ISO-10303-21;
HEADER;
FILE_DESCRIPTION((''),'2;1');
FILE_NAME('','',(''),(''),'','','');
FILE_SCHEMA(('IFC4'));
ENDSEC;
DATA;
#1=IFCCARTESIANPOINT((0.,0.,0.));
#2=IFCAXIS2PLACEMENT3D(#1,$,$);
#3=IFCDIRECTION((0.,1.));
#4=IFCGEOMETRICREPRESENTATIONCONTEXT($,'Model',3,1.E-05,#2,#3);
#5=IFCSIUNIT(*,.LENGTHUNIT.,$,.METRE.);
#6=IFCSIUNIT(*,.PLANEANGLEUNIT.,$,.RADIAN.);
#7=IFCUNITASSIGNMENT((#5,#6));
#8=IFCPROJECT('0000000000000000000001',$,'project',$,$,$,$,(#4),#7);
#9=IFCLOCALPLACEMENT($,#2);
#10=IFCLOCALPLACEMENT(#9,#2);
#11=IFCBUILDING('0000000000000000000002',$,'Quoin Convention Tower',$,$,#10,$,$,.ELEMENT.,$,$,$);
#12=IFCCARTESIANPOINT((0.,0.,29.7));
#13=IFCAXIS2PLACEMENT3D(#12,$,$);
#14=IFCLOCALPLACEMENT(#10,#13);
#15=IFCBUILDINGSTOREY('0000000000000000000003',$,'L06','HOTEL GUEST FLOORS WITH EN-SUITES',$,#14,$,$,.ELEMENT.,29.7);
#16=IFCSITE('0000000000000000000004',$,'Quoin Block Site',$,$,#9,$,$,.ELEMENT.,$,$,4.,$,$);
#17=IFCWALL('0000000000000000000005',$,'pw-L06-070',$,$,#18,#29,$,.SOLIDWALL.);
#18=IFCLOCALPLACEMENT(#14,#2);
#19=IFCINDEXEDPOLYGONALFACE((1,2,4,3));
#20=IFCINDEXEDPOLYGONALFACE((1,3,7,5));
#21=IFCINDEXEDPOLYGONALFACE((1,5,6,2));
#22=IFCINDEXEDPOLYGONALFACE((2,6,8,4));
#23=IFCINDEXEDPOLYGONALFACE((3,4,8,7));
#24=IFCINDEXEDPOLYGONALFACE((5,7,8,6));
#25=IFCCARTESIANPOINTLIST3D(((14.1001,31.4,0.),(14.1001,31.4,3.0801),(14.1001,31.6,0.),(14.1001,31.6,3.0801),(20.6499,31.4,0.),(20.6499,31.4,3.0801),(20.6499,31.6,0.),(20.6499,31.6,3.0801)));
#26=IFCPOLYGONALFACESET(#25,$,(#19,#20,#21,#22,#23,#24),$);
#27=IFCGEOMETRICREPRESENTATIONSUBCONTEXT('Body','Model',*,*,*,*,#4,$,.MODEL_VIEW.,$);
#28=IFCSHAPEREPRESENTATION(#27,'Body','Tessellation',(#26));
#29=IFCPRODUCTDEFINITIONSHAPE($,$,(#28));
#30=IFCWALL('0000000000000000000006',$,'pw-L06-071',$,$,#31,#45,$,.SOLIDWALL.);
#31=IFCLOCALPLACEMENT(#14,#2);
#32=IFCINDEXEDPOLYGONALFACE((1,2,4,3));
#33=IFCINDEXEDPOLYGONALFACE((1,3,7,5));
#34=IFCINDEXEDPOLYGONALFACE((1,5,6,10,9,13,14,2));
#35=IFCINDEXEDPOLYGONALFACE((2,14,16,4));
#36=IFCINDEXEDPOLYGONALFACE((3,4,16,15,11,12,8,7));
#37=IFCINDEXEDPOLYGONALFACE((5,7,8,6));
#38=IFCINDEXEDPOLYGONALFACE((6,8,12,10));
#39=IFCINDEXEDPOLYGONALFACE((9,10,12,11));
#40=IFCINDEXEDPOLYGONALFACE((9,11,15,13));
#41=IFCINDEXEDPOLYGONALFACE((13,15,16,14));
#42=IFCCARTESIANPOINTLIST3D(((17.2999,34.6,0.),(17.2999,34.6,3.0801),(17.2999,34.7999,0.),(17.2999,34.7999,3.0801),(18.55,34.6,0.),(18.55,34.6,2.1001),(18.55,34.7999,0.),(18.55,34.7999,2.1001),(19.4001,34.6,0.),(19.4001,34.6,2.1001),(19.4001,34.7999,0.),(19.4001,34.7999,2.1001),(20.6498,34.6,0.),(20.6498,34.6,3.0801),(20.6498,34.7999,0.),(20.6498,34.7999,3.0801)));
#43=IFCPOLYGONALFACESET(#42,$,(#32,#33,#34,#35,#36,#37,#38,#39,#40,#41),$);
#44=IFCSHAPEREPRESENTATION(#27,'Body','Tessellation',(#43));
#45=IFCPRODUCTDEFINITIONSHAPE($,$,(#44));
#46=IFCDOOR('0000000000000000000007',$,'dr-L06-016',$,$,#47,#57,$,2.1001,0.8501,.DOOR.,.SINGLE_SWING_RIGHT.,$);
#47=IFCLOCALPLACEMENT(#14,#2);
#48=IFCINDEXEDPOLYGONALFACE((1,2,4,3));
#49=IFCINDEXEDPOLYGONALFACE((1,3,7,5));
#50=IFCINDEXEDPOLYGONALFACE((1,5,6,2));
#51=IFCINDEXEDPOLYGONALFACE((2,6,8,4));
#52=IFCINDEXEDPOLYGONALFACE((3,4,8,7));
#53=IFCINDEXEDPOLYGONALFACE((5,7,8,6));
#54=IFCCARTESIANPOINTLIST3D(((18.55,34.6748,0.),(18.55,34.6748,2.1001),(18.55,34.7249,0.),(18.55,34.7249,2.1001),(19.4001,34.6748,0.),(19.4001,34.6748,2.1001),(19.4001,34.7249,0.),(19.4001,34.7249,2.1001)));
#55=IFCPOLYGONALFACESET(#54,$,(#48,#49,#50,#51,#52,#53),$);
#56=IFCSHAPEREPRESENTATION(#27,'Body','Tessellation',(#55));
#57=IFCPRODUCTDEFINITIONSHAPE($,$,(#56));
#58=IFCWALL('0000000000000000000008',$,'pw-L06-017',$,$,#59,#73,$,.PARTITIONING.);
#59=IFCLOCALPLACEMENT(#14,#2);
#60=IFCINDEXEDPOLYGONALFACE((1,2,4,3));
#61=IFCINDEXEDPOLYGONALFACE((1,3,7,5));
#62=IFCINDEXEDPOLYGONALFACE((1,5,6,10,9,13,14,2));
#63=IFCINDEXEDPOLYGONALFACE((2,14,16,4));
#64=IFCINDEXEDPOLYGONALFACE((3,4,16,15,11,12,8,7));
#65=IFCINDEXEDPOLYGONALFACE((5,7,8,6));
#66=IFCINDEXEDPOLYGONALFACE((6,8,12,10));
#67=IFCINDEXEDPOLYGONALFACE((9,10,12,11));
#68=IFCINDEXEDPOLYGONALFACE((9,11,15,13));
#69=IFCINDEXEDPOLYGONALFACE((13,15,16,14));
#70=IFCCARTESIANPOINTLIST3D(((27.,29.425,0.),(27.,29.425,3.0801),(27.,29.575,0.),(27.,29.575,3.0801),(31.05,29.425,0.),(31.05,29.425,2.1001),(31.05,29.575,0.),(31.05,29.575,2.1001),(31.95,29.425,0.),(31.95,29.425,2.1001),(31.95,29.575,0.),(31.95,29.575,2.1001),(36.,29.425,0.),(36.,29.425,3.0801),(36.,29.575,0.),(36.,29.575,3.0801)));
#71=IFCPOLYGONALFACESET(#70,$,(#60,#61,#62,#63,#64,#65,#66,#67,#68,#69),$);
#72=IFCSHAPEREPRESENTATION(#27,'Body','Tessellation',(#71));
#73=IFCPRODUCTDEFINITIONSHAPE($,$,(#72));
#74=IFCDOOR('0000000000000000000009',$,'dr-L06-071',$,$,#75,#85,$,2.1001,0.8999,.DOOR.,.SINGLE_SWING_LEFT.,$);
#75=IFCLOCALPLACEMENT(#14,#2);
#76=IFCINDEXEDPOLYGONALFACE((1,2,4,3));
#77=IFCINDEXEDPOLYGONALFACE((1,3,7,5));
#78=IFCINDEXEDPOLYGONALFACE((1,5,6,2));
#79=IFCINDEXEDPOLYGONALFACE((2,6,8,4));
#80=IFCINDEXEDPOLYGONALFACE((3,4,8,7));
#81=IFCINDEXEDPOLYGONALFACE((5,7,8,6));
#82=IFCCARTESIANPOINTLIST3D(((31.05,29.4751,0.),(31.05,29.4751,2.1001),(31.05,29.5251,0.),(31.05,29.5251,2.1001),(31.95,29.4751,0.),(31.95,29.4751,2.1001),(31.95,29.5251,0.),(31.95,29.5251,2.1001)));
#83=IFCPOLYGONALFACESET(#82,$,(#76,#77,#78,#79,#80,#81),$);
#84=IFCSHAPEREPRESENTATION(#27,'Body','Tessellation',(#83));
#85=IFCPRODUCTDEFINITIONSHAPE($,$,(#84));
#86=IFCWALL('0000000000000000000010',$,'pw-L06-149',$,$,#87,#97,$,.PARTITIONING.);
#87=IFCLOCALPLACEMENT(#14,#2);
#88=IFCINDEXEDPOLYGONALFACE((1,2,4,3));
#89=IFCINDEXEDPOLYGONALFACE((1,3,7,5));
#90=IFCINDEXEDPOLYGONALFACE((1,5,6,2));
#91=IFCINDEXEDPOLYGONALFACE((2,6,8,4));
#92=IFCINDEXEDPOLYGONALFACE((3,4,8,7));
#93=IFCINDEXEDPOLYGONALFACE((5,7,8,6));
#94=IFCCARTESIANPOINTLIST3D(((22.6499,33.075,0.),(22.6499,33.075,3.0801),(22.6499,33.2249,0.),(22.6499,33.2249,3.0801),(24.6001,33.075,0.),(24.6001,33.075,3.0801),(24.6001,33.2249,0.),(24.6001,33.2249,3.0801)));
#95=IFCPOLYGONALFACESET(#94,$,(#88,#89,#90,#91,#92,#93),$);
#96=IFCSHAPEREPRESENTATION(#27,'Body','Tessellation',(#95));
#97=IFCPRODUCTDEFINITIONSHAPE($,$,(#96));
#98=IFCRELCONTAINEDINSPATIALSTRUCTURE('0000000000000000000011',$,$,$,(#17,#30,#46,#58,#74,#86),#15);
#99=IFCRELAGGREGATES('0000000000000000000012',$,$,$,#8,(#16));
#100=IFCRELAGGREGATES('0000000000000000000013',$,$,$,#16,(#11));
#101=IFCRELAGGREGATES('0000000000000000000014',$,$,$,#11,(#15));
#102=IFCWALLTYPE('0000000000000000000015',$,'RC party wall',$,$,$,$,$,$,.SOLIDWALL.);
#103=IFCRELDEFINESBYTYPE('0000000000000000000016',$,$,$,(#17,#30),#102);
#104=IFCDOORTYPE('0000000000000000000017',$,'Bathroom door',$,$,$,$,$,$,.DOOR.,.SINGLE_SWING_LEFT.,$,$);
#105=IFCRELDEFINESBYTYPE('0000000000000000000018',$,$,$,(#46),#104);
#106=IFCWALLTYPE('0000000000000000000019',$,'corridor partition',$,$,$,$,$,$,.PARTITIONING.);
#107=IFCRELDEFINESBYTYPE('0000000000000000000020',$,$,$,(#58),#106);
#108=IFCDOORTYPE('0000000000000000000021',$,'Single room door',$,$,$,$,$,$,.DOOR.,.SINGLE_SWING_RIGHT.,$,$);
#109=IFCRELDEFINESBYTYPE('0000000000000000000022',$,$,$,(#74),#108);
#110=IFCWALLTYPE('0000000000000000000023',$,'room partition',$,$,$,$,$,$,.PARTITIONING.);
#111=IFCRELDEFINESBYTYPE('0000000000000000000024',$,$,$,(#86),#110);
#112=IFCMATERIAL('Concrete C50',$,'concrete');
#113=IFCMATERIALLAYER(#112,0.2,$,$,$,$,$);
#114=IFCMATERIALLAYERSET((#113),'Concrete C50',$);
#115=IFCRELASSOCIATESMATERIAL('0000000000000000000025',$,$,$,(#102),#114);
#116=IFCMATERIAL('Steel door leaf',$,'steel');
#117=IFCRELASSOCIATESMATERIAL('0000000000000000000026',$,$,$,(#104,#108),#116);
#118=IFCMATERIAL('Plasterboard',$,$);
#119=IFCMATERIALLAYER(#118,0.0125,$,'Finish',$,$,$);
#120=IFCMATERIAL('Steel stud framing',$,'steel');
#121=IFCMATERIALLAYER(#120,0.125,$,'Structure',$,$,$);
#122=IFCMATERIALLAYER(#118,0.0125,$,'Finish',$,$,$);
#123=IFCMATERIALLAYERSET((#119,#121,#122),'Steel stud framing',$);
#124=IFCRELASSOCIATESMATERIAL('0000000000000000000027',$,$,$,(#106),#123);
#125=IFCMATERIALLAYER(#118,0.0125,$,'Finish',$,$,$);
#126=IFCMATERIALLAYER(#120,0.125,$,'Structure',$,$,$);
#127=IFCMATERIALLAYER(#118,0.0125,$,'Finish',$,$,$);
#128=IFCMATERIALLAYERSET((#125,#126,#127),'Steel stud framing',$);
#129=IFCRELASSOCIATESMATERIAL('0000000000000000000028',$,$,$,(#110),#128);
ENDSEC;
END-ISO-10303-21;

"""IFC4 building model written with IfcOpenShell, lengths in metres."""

from ifc_helpers import new_model, si_unit, direction, frame, frame_2d, origin, place, context, subcontext, project, spatial, rectangle, extrude, material, layer, layer_set, type_object, element, fill, save


model = new_model("IFC4")

# Units and contexts
model_context = context("Model", 3, precision=1e-05, world=origin(), true_north=direction((0.0, 1.0)))
body_context = subcontext(model_context, "Body", "Model", "MODEL_VIEW")
ifc_project = project(units=[si_unit("LENGTHUNIT", "METRE"), si_unit("PLANEANGLEUNIT", "RADIAN")], contexts=[model_context])

# Site, building, storey
site_placement = place(None, origin())
site = spatial("IfcSite", under=ifc_project, at=site_placement, Name="Quoin Block Site", CompositionType="ELEMENT", RefElevation=4.0)
building_placement = place(site_placement, origin())
building = spatial("IfcBuilding", under=site, at=building_placement, Name="Quoin Convention Tower", CompositionType="ELEMENT")
storey_placement = place(building_placement, frame((0.0, 0.0, 29.7)))
storey = spatial("IfcBuildingStorey", under=building, at=storey_placement, Name="L06", Description="HOTEL GUEST FLOORS WITH EN-SUITES", CompositionType="ELEMENT", Elevation=29.7)

# Shared definitions
ifc_material_1 = material(Name="Concrete C50", Category="concrete")
ifc_layer_1 = layer(ifc_material_1, 0.2)
ifc_layer_set_1 = layer_set([ifc_layer_1], Name="Concrete C50")
wall_type_1 = type_object("IfcWallType", Name="RC party wall", PredefinedType="SOLIDWALL", material=ifc_layer_set_1)
ifc_material_2 = material(Name="Steel door leaf", Category="steel")
door_type_1 = type_object("IfcDoorType", Name="Bathroom door", OperationType="SINGLE_SWING_LEFT", PredefinedType="DOOR", material=ifc_material_2)

# Wall
wall_1_placement = place(storey_placement, frame((14.1001, 31.5, 0.0), z_axis=(0.0, 0.0, 1.0), x_axis=(1.0, 0.0, 0.0)))
element("IfcWall", 1, at=wall_1_placement, inside=storey, type_object=wall_type_1, Name="pw-L06-070", PredefinedType="SOLIDWALL", context=body_context, shape_type="SweptSolid", body=[
    extrude(rectangle(XDim=6.5498, YDim=0.2, at=frame_2d((3.2749, 0.0))), origin(), (0.0, 0.0, 1.0), 3.0801),
])

# Walls, openings, doors
wall_2_placement = place(storey_placement, frame((17.3, 34.7, 0.0), z_axis=(0.0, 0.0, 1.0), x_axis=(1.0, 0.0, 0.0)))
wall_2 = element("IfcWall", 2, at=wall_2_placement, inside=storey, type_object=wall_type_1, Name="pw-L06-071", PredefinedType="SOLIDWALL", context=body_context, shape_type="SweptSolid", body=[
    extrude(rectangle(XDim=3.3499, YDim=0.2, at=frame_2d((1.6748, 0.0))), origin(), (0.0, 0.0, 1.0), 3.0801),
])
opening_1_placement = place(wall_2_placement, frame((1.25, 0.0, 0.0)))
opening_1 = element("IfcOpeningElement", 3, at=opening_1_placement, cuts=wall_2, PredefinedType="OPENING", context=body_context, shape_type="SweptSolid", body=[
    extrude(rectangle(XDim=0.8501, YDim=2.1001, at=frame_2d((0.425, 1.05))), frame((0.0, 0.1099, 0.0), z_axis=(0.0, -1.0, 0.0), x_axis=(1.0, 0.0, 0.0)), (0.0, 0.0, 1.0), 0.22),
])
door_1_placement = place(opening_1_placement, origin())
door_1 = element("IfcDoor", 4, at=door_1_placement, inside=storey, type_object=door_type_1, Name="dr-L06-016", OperationType="SINGLE_SWING_RIGHT", OverallHeight=2.1001, OverallWidth=0.8501, PredefinedType="DOOR", context=body_context, shape_type="SweptSolid", body=[
    extrude(rectangle(XDim=0.8501, YDim=2.1001, at=frame_2d((0.425, 1.05))), frame((0.0, 0.0249, 0.0), z_axis=(0.0, -1.0, 0.0), x_axis=(1.0, 0.0, 0.0)), (0.0, 0.0, 1.0), 0.05),
])
fill(opening_1, door_1)
ifc_material_3 = material(Name="Plasterboard")
ifc_layer_2 = layer(ifc_material_3, 0.0125, Name="Finish")
ifc_material_4 = material(Name="Steel stud framing", Category="steel")
ifc_layer_3 = layer(ifc_material_4, 0.125, Name="Structure")
ifc_layer_4 = layer(ifc_material_3, 0.0125, Name="Finish")
ifc_layer_set_2 = layer_set([ifc_layer_2, ifc_layer_3, ifc_layer_4], Name="Steel stud framing")
wall_type_2 = type_object("IfcWallType", Name="corridor partition", PredefinedType="PARTITIONING", material=ifc_layer_set_2)
wall_3_placement = place(storey_placement, frame((27.0, 29.5, 0.0), z_axis=(0.0, 0.0, 1.0), x_axis=(1.0, 0.0, 0.0)))
wall_3 = element("IfcWall", 5, at=wall_3_placement, inside=storey, type_object=wall_type_2, Name="pw-L06-017", PredefinedType="PARTITIONING", context=body_context, shape_type="SweptSolid", body=[
    extrude(rectangle(XDim=9.0, YDim=0.1499, at=frame_2d((4.5, 0.0))), origin(), (0.0, 0.0, 1.0), 3.0801),
])
opening_2_placement = place(wall_3_placement, frame((4.05, 0.0, 0.0)))
opening_2 = element("IfcOpeningElement", 6, at=opening_2_placement, cuts=wall_3, PredefinedType="OPENING", context=body_context, shape_type="SweptSolid", body=[
    extrude(rectangle(XDim=0.8999, YDim=2.1001, at=frame_2d((0.45, 1.05))), frame((0.0, 0.085, 0.0), z_axis=(0.0, -1.0, 0.0), x_axis=(1.0, 0.0, 0.0)), (0.0, 0.0, 1.0), 0.1699),
])
door_type_2 = type_object("IfcDoorType", Name="Single room door", OperationType="SINGLE_SWING_RIGHT", PredefinedType="DOOR", material=ifc_material_2)
door_2_placement = place(opening_2_placement, frame((0.8999, 0.0, 0.0), z_axis=(0.0, 0.0, 1.0), x_axis=(-1.0, 0.0, 0.0)))
door_2 = element("IfcDoor", 7, at=door_2_placement, inside=storey, type_object=door_type_2, Name="dr-L06-071", OperationType="SINGLE_SWING_LEFT", OverallHeight=2.1001, OverallWidth=0.8999, PredefinedType="DOOR", context=body_context, shape_type="SweptSolid", body=[
    extrude(rectangle(XDim=0.8999, YDim=2.1001, at=frame_2d((0.45, 1.05))), frame((0.0, 0.0249, 0.0), z_axis=(0.0, -1.0, 0.0), x_axis=(1.0, 0.0, 0.0)), (0.0, 0.0, 1.0), 0.05),
])
fill(opening_2, door_2)

# Wall
ifc_layer_5 = layer(ifc_material_3, 0.0125, Name="Finish")
ifc_layer_6 = layer(ifc_material_4, 0.125, Name="Structure")
ifc_layer_7 = layer(ifc_material_3, 0.0125, Name="Finish")
ifc_layer_set_3 = layer_set([ifc_layer_5, ifc_layer_6, ifc_layer_7], Name="Steel stud framing")
wall_type_3 = type_object("IfcWallType", Name="room partition", PredefinedType="PARTITIONING", material=ifc_layer_set_3)
wall_4_placement = place(storey_placement, frame((22.6499, 33.1499, 0.0), z_axis=(0.0, 0.0, 1.0), x_axis=(1.0, 0.0, 0.0)))
element("IfcWall", 8, at=wall_4_placement, inside=storey, type_object=wall_type_3, Name="pw-L06-149", PredefinedType="PARTITIONING", context=body_context, shape_type="SweptSolid", body=[
    extrude(rectangle(XDim=1.9502, YDim=0.1499, at=frame_2d((0.9751, 0.0))), origin(), (0.0, 0.0, 1.0), 3.0801),
])

save(model, "model.ifc")
